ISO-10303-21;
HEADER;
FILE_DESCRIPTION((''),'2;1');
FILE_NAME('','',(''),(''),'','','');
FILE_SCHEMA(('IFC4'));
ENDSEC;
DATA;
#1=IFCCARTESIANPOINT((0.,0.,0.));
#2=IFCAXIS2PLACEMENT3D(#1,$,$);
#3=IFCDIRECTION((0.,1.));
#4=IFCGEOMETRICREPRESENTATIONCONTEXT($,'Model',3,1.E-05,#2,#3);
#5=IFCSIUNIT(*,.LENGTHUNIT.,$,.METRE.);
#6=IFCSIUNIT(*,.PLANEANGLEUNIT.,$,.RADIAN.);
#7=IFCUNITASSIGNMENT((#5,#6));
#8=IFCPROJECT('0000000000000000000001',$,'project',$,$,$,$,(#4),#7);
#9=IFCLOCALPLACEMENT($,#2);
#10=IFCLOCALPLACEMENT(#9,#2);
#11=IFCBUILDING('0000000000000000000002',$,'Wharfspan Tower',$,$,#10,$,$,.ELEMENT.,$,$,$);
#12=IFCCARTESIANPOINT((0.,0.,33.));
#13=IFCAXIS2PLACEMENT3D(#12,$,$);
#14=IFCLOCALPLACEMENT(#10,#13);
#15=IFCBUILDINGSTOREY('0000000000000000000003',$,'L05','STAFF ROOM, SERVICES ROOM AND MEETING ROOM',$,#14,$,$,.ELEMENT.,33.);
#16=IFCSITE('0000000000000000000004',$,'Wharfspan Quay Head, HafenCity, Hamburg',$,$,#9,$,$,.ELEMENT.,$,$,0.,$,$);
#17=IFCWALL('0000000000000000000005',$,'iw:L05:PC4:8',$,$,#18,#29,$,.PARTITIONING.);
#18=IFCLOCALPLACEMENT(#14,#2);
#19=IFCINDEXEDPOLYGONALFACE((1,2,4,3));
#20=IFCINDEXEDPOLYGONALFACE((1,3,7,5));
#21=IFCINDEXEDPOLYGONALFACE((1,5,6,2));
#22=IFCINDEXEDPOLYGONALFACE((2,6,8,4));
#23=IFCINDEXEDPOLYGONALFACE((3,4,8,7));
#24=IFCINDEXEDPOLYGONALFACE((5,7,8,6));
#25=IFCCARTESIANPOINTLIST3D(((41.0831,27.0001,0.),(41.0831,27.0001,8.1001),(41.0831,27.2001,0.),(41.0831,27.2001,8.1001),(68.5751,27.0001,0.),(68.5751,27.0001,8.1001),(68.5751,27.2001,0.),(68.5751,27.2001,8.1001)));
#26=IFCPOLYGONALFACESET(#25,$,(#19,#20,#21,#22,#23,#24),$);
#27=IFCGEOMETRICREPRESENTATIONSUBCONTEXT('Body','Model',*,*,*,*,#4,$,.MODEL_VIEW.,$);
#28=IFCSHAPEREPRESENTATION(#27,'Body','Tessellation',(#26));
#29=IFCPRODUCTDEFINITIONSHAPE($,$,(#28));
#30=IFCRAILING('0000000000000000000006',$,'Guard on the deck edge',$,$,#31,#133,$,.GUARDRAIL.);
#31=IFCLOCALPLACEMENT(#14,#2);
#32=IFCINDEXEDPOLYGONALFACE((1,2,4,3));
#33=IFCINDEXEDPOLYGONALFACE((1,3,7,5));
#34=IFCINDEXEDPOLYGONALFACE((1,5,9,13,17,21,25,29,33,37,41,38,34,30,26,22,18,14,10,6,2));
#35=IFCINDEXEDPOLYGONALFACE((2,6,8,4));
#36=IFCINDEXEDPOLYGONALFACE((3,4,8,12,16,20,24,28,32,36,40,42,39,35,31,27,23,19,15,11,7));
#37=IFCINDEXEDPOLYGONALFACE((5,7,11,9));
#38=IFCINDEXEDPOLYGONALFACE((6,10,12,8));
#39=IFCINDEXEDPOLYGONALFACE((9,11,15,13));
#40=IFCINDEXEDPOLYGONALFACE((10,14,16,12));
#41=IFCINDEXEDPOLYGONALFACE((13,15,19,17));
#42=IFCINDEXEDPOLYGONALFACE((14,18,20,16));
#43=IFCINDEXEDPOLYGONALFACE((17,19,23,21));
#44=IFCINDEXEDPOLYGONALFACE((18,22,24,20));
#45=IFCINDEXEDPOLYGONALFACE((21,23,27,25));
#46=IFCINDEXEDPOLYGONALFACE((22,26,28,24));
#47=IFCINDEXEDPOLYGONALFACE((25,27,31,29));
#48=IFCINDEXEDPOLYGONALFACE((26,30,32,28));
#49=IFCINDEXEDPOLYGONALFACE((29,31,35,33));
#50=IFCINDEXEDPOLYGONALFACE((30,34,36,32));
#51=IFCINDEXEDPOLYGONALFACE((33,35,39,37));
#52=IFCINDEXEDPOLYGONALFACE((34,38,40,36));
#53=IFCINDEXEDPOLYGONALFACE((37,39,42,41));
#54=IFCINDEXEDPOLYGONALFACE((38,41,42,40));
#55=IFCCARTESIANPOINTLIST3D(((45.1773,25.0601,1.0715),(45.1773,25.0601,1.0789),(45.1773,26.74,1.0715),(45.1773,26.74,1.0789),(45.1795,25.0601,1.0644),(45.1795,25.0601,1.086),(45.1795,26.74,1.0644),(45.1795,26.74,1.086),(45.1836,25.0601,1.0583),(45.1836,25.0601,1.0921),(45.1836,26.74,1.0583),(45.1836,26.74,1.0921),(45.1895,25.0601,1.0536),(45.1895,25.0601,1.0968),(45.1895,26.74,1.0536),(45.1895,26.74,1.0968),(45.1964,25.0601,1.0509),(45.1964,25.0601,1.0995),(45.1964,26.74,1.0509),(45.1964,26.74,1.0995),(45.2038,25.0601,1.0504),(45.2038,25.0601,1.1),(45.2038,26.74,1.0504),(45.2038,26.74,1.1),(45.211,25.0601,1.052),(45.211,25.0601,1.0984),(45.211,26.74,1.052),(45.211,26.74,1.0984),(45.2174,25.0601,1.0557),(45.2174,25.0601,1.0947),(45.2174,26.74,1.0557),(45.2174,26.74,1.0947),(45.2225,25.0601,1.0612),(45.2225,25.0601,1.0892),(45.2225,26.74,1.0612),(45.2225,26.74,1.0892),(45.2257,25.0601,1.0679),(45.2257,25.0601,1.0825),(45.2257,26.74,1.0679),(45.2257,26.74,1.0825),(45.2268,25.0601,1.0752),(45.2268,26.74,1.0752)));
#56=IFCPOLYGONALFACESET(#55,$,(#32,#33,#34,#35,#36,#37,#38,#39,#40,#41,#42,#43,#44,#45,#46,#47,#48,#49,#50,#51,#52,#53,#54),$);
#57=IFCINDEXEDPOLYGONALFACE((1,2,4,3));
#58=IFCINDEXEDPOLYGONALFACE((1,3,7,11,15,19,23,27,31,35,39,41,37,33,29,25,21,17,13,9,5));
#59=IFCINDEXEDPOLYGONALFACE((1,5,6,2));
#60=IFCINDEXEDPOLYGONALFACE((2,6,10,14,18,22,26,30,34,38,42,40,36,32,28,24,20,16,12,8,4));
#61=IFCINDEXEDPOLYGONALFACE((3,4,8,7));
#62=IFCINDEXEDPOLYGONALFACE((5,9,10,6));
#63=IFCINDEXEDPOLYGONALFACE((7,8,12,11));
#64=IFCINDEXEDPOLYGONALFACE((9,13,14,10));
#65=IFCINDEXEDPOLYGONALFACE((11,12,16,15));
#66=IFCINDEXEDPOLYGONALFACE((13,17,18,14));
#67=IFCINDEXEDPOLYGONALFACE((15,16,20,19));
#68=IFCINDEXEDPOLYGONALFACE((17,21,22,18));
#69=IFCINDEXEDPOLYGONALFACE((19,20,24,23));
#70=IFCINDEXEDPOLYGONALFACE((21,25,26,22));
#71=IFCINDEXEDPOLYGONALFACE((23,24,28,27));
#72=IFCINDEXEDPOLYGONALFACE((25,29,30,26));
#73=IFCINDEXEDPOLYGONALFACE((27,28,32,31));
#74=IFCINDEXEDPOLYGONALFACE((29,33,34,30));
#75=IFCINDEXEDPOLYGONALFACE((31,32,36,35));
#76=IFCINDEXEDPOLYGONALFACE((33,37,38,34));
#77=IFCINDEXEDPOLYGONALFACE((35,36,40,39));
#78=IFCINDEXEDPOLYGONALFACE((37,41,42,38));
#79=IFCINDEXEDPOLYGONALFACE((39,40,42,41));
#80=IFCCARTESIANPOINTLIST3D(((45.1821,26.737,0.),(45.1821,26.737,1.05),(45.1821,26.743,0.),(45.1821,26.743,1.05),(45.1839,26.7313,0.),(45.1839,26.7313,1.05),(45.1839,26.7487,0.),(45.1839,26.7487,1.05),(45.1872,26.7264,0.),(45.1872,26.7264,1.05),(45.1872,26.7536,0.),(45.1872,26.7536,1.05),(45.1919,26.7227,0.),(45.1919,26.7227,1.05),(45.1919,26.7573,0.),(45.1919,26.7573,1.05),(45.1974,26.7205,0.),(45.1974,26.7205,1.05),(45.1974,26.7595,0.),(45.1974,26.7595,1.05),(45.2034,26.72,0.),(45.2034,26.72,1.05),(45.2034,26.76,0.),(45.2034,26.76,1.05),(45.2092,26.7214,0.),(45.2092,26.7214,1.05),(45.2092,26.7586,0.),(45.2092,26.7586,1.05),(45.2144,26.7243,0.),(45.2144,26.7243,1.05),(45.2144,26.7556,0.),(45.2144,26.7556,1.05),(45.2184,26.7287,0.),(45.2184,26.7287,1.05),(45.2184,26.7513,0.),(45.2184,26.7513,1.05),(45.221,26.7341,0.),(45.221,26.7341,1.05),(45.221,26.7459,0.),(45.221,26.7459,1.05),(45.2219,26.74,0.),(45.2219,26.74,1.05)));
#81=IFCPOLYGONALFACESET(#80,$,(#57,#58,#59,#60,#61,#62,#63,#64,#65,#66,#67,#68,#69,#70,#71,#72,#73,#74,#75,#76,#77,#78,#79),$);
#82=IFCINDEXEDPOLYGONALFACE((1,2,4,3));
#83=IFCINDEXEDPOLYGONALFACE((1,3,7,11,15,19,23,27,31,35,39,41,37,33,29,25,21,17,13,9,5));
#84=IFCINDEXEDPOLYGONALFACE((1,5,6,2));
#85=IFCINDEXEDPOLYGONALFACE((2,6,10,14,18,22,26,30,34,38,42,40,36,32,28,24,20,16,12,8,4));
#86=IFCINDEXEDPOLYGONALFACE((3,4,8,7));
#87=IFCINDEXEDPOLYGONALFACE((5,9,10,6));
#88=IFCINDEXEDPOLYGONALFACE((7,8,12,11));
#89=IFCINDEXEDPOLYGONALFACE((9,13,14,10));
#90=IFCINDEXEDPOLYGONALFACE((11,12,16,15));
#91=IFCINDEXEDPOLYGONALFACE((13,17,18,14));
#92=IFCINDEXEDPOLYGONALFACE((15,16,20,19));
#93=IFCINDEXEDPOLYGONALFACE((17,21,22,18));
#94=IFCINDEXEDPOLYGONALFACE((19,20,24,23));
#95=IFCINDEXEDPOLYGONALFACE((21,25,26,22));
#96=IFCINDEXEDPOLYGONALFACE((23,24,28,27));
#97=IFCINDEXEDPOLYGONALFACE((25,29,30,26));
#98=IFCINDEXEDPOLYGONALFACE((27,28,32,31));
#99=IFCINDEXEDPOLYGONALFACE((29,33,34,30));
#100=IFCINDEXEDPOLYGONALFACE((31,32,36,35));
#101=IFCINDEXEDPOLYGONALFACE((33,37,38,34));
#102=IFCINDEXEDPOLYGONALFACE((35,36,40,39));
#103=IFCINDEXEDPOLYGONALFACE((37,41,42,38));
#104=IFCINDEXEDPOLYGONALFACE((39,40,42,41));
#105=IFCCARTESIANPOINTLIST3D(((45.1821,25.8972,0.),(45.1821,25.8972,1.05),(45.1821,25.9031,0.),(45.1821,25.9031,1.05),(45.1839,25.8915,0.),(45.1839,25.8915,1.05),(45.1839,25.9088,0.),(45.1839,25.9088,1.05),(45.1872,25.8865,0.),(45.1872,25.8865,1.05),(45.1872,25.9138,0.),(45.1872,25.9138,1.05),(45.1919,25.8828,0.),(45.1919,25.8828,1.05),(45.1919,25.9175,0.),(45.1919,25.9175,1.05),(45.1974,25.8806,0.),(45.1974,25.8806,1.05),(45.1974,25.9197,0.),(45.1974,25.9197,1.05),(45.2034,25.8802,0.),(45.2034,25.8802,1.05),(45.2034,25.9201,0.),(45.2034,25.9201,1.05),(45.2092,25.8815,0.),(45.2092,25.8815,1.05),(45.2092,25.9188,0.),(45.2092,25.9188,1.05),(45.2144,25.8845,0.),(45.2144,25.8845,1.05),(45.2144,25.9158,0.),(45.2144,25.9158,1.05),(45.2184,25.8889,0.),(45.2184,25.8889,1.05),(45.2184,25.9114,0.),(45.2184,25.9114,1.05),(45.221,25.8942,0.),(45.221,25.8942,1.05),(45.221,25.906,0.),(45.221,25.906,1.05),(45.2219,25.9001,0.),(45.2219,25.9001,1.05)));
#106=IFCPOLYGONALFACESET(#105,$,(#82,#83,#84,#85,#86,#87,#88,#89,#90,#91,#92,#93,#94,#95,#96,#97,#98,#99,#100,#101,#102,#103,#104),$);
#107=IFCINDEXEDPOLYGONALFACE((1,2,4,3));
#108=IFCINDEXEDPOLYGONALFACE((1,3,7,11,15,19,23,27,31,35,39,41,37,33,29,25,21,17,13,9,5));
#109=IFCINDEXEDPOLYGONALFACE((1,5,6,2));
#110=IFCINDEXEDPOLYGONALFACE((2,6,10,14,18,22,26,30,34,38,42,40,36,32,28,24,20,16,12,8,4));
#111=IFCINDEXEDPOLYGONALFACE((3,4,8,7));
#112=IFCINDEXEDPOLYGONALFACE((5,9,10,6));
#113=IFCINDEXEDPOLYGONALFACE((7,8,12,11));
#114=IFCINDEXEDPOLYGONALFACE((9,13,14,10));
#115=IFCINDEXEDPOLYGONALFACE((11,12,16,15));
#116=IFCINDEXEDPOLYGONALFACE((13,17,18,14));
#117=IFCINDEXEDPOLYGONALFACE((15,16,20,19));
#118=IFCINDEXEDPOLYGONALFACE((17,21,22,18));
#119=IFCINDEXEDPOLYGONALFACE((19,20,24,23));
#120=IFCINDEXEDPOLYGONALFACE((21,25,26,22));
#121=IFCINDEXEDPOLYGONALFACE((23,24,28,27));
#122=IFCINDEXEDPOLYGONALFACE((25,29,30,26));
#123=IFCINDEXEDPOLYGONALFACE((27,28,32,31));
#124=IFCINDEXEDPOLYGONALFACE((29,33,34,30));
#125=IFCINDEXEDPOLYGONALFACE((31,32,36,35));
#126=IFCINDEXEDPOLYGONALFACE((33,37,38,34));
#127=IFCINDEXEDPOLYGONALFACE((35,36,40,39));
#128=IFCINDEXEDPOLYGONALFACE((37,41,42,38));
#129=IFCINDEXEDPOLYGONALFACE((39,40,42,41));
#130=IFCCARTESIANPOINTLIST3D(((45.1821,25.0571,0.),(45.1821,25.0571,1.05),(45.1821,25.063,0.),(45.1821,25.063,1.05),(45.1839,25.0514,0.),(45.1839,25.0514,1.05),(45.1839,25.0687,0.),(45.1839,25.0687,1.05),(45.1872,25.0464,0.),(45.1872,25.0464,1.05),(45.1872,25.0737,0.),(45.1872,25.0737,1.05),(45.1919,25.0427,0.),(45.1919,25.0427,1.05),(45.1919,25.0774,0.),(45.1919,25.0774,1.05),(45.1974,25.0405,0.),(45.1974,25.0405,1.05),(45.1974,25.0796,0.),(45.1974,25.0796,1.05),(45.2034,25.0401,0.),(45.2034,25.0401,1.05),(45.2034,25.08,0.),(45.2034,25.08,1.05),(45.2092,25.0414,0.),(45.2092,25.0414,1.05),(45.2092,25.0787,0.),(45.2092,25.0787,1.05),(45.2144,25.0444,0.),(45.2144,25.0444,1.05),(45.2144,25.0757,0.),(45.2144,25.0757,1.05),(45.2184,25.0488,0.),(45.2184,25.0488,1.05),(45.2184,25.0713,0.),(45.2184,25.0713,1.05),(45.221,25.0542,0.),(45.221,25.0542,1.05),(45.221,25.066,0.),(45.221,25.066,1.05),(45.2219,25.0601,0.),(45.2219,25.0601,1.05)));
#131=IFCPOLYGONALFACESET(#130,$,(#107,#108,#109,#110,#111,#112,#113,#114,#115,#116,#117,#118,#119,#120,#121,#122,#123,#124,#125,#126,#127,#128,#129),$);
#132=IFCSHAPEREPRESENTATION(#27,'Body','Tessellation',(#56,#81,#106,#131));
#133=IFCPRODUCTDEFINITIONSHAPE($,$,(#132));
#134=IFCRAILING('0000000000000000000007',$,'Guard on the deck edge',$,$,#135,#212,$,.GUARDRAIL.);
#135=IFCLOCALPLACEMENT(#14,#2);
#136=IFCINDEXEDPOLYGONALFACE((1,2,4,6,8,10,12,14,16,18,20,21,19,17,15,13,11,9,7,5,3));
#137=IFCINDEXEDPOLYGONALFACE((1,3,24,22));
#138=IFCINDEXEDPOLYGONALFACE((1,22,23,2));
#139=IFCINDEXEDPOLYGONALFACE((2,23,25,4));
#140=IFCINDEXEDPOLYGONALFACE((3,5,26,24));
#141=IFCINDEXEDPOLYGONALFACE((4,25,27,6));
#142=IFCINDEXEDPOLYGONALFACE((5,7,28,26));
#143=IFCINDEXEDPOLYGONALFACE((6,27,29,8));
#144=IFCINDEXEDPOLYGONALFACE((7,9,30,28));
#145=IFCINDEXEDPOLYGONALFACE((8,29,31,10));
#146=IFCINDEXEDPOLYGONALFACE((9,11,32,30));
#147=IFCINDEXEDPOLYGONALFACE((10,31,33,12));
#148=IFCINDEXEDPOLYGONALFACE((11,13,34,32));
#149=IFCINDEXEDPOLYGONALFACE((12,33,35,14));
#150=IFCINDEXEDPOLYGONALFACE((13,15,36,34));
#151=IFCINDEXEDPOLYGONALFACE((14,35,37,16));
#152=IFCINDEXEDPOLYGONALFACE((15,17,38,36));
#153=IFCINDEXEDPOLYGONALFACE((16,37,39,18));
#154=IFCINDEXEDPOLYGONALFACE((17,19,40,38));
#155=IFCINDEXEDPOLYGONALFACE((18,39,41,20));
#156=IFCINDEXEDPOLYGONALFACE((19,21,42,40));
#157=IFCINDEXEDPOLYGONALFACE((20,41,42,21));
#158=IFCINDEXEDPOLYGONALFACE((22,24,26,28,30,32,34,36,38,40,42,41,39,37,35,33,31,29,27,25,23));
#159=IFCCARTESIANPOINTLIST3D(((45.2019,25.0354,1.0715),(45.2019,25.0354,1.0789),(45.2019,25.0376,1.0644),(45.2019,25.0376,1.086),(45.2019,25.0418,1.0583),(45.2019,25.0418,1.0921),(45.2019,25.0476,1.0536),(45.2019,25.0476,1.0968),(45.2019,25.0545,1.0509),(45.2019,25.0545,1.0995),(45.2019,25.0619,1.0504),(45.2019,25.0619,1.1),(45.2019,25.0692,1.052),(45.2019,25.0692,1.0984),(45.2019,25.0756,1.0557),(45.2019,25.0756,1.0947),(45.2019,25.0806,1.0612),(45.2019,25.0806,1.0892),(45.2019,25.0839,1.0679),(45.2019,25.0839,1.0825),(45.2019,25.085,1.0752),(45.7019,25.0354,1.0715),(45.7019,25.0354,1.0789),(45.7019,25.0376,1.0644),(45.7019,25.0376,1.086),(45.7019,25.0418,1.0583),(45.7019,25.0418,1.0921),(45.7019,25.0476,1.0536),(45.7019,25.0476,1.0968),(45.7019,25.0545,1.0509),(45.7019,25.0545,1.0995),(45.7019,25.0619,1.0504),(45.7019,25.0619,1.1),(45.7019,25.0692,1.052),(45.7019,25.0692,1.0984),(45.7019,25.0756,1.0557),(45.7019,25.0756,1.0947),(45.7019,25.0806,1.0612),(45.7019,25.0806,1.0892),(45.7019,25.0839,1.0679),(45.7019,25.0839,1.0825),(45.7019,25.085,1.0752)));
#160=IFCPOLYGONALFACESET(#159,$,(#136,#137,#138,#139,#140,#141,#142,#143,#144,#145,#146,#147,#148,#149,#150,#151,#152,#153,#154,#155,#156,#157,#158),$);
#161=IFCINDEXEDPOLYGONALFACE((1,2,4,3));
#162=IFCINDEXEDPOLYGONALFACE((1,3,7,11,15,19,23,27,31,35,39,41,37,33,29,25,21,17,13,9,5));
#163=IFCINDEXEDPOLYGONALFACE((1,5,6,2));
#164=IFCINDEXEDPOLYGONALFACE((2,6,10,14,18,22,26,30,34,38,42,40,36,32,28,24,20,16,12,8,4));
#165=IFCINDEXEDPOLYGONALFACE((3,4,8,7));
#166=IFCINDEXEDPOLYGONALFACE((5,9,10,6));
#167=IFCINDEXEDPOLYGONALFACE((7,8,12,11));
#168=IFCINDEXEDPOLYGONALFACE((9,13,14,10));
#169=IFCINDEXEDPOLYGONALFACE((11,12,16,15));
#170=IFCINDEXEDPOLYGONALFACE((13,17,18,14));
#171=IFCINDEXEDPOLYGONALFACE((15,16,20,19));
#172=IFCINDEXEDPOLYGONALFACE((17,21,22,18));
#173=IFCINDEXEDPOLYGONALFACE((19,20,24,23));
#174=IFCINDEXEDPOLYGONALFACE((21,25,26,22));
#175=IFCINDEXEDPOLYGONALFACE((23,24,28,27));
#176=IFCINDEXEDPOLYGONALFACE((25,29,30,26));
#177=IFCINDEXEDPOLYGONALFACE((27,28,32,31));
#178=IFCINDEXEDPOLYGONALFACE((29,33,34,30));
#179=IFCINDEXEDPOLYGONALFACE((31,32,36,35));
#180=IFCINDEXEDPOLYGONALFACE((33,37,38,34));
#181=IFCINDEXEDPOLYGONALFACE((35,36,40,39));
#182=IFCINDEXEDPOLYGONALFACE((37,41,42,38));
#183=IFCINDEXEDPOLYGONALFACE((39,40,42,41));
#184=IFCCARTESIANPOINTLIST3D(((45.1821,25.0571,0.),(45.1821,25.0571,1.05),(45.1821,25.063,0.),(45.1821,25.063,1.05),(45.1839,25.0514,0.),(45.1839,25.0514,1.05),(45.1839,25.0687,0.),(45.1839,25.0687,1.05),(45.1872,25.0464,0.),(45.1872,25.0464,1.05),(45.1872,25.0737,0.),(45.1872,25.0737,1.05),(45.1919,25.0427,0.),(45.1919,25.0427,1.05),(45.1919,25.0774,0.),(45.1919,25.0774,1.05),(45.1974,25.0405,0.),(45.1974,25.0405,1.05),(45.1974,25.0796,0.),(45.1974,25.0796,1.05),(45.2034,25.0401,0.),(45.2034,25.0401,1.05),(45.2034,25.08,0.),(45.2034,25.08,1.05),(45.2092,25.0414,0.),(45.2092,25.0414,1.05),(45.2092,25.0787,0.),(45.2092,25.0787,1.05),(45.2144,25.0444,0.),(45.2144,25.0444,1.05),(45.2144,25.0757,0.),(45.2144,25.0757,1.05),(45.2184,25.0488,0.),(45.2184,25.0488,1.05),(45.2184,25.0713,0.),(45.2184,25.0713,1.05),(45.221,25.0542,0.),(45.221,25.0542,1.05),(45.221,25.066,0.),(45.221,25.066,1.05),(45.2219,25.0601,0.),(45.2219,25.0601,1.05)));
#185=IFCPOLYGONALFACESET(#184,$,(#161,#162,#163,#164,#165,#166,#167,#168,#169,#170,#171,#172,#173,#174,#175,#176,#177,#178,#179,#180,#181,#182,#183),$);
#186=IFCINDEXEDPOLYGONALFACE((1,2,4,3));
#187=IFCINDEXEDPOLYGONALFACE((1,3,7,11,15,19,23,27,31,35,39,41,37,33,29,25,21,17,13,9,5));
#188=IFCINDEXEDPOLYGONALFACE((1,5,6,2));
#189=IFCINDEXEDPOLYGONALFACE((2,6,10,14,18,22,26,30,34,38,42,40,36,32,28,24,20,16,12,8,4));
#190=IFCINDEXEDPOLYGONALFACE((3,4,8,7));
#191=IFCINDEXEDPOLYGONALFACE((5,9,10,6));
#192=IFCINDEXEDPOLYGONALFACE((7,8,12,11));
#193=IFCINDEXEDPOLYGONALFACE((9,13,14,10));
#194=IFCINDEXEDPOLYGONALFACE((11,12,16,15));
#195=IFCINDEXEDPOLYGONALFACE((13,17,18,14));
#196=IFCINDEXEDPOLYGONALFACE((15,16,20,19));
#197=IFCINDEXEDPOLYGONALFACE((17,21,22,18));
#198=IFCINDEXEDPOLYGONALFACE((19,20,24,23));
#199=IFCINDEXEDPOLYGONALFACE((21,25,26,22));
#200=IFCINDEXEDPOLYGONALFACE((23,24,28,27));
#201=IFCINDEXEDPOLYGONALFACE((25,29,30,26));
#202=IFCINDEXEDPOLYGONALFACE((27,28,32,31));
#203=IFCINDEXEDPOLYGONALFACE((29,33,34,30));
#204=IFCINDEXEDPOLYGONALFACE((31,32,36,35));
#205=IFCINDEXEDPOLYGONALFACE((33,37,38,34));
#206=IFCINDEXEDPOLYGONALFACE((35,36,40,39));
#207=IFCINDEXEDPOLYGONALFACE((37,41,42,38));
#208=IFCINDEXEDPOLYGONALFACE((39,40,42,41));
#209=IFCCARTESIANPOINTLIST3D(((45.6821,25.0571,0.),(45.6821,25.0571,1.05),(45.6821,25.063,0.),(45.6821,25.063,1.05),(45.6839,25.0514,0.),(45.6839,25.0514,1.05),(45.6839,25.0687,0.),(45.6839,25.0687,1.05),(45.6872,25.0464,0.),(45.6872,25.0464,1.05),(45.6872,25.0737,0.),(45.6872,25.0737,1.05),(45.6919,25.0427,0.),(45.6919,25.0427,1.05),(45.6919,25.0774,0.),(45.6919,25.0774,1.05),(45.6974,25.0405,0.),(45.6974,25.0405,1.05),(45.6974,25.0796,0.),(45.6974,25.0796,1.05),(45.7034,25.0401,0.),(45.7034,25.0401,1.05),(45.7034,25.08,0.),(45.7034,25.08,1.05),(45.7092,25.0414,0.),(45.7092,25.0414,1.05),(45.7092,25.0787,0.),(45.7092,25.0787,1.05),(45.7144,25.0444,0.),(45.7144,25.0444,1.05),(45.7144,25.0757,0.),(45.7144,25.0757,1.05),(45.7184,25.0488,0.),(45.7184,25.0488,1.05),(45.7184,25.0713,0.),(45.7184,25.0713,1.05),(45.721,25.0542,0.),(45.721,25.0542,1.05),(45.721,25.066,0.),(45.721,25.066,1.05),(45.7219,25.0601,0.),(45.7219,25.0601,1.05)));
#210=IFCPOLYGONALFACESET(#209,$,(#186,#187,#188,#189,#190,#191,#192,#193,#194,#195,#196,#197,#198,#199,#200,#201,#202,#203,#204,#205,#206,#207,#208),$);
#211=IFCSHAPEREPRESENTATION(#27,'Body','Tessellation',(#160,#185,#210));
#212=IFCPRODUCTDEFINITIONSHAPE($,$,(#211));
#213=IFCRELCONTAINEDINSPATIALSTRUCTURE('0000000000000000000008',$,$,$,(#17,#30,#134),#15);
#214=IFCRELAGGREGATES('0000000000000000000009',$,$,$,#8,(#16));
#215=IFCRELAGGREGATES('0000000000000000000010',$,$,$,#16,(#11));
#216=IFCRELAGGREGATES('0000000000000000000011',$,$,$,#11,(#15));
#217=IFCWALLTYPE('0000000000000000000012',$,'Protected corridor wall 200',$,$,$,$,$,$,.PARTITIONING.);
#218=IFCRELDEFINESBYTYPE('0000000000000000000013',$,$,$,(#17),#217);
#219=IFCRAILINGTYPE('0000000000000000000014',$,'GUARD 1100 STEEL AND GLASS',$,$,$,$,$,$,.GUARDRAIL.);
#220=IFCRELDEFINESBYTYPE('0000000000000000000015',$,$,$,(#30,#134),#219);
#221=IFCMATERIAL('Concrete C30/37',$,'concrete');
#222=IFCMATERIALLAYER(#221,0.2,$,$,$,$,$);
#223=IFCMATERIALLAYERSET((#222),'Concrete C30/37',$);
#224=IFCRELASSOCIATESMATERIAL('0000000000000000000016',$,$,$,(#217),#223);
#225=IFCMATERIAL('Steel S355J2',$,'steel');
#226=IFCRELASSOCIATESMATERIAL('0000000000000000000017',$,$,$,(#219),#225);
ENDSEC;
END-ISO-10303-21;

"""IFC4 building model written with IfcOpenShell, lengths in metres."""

from ifc_helpers import new_model, si_unit, direction, frame, frame_2d, origin, origin_2d, place, context, subcontext, project, spatial, rectangle, circle, extrude, material, layer, layer_set, type_object, element, save


model = new_model("IFC4")

# Units and contexts
model_context = context("Model", 3, precision=1e-05, world=origin(), true_north=direction((0.0, 1.0)))
body_context = subcontext(model_context, "Body", "Model", "MODEL_VIEW")
ifc_project = project(units=[si_unit("LENGTHUNIT", "METRE"), si_unit("PLANEANGLEUNIT", "RADIAN")], contexts=[model_context])

# Site, building, storey
site_placement = place(None, origin())
site = spatial("IfcSite", under=ifc_project, at=site_placement, Name="Wharfspan Quay Head, HafenCity, Hamburg", CompositionType="ELEMENT", RefElevation=0.0)
building_placement = place(site_placement, origin())
building = spatial("IfcBuilding", under=site, at=building_placement, Name="Wharfspan Tower", CompositionType="ELEMENT")
storey_placement = place(building_placement, frame((0.0, 0.0, 33.0)))
storey = spatial("IfcBuildingStorey", under=building, at=storey_placement, Name="L05", Description="STAFF ROOM, SERVICES ROOM AND MEETING ROOM", CompositionType="ELEMENT", Elevation=33.0)

# Wall
ifc_material_1 = material(Name="Concrete C30/37", Category="concrete")
ifc_layer = layer(ifc_material_1, 0.2)
ifc_layer_set = layer_set([ifc_layer], Name="Concrete C30/37")
wall_type = type_object("IfcWallType", Name="Protected corridor wall 200", PredefinedType="PARTITIONING", material=ifc_layer_set)
wall_1_placement = place(storey_placement, frame((41.083, 27.1001, 0.0), z_axis=(0.0, 0.0, 1.0), x_axis=(1.0, 0.0, 0.0)))
element("IfcWall", 1, at=wall_1_placement, inside=storey, type_object=wall_type, Name="iw:L05:PC4:8", PredefinedType="PARTITIONING", context=body_context, shape_type="SweptSolid", body=[
    extrude(rectangle(XDim=27.4919, YDim=0.2, at=frame_2d((13.7461, 0.0))), origin(), (0.0, 0.0, 1.0), 8.1001),
])

# Railings
ifc_material_2 = material(Name="Steel S355J2", Category="steel")
railing_type = type_object("IfcRailingType", Name="GUARD 1100 STEEL AND GLASS", PredefinedType="GUARDRAIL", material=ifc_material_2)
railing_1_placement = place(storey_placement, frame((45.2019, 26.74, 0.0)))
element("IfcRailing", 2, at=railing_1_placement, inside=storey, type_object=railing_type, Name="Guard on the deck edge", PredefinedType="GUARDRAIL", context=body_context, shape_type="SweptSolid", body=[
    extrude(circle(Radius=0.0249, at=origin_2d()), frame((0.0, 0.0, 1.0752), z_axis=(0.0, -1.0, 0.0), x_axis=(1.0, 0.0, 0.0)), (0.0, 0.0, 1.0), 1.6799),
    extrude(circle(Radius=0.02, at=origin_2d()), origin(), (0.0, 0.0, 1.0), 1.05),
    extrude(circle(Radius=0.02, at=origin_2d()), frame((0.0, -0.8398, 0.0)), (0.0, 0.0, 1.0), 1.05),
    extrude(circle(Radius=0.02, at=origin_2d()), frame((0.0, -1.6799, 0.0)), (0.0, 0.0, 1.0), 1.05),
])
railing_2_placement = place(storey_placement, frame((45.2019, 25.0601, 0.0)))
element("IfcRailing", 3, at=railing_2_placement, inside=storey, type_object=railing_type, Name="Guard on the deck edge", PredefinedType="GUARDRAIL", context=body_context, shape_type="SweptSolid", body=[
    extrude(circle(Radius=0.0249, at=origin_2d()), frame((0.0, 0.0, 1.0752), z_axis=(1.0, 0.0, 0.0), x_axis=(0.0, 1.0, 0.0)), (0.0, 0.0, 1.0), 0.5),
    extrude(circle(Radius=0.02, at=origin_2d()), origin(), (0.0, 0.0, 1.0), 1.05),
    extrude(circle(Radius=0.02, at=origin_2d()), frame((0.5, 0.0, 0.0)), (0.0, 0.0, 1.0), 1.05),
])

save(model, "model.ifc")
